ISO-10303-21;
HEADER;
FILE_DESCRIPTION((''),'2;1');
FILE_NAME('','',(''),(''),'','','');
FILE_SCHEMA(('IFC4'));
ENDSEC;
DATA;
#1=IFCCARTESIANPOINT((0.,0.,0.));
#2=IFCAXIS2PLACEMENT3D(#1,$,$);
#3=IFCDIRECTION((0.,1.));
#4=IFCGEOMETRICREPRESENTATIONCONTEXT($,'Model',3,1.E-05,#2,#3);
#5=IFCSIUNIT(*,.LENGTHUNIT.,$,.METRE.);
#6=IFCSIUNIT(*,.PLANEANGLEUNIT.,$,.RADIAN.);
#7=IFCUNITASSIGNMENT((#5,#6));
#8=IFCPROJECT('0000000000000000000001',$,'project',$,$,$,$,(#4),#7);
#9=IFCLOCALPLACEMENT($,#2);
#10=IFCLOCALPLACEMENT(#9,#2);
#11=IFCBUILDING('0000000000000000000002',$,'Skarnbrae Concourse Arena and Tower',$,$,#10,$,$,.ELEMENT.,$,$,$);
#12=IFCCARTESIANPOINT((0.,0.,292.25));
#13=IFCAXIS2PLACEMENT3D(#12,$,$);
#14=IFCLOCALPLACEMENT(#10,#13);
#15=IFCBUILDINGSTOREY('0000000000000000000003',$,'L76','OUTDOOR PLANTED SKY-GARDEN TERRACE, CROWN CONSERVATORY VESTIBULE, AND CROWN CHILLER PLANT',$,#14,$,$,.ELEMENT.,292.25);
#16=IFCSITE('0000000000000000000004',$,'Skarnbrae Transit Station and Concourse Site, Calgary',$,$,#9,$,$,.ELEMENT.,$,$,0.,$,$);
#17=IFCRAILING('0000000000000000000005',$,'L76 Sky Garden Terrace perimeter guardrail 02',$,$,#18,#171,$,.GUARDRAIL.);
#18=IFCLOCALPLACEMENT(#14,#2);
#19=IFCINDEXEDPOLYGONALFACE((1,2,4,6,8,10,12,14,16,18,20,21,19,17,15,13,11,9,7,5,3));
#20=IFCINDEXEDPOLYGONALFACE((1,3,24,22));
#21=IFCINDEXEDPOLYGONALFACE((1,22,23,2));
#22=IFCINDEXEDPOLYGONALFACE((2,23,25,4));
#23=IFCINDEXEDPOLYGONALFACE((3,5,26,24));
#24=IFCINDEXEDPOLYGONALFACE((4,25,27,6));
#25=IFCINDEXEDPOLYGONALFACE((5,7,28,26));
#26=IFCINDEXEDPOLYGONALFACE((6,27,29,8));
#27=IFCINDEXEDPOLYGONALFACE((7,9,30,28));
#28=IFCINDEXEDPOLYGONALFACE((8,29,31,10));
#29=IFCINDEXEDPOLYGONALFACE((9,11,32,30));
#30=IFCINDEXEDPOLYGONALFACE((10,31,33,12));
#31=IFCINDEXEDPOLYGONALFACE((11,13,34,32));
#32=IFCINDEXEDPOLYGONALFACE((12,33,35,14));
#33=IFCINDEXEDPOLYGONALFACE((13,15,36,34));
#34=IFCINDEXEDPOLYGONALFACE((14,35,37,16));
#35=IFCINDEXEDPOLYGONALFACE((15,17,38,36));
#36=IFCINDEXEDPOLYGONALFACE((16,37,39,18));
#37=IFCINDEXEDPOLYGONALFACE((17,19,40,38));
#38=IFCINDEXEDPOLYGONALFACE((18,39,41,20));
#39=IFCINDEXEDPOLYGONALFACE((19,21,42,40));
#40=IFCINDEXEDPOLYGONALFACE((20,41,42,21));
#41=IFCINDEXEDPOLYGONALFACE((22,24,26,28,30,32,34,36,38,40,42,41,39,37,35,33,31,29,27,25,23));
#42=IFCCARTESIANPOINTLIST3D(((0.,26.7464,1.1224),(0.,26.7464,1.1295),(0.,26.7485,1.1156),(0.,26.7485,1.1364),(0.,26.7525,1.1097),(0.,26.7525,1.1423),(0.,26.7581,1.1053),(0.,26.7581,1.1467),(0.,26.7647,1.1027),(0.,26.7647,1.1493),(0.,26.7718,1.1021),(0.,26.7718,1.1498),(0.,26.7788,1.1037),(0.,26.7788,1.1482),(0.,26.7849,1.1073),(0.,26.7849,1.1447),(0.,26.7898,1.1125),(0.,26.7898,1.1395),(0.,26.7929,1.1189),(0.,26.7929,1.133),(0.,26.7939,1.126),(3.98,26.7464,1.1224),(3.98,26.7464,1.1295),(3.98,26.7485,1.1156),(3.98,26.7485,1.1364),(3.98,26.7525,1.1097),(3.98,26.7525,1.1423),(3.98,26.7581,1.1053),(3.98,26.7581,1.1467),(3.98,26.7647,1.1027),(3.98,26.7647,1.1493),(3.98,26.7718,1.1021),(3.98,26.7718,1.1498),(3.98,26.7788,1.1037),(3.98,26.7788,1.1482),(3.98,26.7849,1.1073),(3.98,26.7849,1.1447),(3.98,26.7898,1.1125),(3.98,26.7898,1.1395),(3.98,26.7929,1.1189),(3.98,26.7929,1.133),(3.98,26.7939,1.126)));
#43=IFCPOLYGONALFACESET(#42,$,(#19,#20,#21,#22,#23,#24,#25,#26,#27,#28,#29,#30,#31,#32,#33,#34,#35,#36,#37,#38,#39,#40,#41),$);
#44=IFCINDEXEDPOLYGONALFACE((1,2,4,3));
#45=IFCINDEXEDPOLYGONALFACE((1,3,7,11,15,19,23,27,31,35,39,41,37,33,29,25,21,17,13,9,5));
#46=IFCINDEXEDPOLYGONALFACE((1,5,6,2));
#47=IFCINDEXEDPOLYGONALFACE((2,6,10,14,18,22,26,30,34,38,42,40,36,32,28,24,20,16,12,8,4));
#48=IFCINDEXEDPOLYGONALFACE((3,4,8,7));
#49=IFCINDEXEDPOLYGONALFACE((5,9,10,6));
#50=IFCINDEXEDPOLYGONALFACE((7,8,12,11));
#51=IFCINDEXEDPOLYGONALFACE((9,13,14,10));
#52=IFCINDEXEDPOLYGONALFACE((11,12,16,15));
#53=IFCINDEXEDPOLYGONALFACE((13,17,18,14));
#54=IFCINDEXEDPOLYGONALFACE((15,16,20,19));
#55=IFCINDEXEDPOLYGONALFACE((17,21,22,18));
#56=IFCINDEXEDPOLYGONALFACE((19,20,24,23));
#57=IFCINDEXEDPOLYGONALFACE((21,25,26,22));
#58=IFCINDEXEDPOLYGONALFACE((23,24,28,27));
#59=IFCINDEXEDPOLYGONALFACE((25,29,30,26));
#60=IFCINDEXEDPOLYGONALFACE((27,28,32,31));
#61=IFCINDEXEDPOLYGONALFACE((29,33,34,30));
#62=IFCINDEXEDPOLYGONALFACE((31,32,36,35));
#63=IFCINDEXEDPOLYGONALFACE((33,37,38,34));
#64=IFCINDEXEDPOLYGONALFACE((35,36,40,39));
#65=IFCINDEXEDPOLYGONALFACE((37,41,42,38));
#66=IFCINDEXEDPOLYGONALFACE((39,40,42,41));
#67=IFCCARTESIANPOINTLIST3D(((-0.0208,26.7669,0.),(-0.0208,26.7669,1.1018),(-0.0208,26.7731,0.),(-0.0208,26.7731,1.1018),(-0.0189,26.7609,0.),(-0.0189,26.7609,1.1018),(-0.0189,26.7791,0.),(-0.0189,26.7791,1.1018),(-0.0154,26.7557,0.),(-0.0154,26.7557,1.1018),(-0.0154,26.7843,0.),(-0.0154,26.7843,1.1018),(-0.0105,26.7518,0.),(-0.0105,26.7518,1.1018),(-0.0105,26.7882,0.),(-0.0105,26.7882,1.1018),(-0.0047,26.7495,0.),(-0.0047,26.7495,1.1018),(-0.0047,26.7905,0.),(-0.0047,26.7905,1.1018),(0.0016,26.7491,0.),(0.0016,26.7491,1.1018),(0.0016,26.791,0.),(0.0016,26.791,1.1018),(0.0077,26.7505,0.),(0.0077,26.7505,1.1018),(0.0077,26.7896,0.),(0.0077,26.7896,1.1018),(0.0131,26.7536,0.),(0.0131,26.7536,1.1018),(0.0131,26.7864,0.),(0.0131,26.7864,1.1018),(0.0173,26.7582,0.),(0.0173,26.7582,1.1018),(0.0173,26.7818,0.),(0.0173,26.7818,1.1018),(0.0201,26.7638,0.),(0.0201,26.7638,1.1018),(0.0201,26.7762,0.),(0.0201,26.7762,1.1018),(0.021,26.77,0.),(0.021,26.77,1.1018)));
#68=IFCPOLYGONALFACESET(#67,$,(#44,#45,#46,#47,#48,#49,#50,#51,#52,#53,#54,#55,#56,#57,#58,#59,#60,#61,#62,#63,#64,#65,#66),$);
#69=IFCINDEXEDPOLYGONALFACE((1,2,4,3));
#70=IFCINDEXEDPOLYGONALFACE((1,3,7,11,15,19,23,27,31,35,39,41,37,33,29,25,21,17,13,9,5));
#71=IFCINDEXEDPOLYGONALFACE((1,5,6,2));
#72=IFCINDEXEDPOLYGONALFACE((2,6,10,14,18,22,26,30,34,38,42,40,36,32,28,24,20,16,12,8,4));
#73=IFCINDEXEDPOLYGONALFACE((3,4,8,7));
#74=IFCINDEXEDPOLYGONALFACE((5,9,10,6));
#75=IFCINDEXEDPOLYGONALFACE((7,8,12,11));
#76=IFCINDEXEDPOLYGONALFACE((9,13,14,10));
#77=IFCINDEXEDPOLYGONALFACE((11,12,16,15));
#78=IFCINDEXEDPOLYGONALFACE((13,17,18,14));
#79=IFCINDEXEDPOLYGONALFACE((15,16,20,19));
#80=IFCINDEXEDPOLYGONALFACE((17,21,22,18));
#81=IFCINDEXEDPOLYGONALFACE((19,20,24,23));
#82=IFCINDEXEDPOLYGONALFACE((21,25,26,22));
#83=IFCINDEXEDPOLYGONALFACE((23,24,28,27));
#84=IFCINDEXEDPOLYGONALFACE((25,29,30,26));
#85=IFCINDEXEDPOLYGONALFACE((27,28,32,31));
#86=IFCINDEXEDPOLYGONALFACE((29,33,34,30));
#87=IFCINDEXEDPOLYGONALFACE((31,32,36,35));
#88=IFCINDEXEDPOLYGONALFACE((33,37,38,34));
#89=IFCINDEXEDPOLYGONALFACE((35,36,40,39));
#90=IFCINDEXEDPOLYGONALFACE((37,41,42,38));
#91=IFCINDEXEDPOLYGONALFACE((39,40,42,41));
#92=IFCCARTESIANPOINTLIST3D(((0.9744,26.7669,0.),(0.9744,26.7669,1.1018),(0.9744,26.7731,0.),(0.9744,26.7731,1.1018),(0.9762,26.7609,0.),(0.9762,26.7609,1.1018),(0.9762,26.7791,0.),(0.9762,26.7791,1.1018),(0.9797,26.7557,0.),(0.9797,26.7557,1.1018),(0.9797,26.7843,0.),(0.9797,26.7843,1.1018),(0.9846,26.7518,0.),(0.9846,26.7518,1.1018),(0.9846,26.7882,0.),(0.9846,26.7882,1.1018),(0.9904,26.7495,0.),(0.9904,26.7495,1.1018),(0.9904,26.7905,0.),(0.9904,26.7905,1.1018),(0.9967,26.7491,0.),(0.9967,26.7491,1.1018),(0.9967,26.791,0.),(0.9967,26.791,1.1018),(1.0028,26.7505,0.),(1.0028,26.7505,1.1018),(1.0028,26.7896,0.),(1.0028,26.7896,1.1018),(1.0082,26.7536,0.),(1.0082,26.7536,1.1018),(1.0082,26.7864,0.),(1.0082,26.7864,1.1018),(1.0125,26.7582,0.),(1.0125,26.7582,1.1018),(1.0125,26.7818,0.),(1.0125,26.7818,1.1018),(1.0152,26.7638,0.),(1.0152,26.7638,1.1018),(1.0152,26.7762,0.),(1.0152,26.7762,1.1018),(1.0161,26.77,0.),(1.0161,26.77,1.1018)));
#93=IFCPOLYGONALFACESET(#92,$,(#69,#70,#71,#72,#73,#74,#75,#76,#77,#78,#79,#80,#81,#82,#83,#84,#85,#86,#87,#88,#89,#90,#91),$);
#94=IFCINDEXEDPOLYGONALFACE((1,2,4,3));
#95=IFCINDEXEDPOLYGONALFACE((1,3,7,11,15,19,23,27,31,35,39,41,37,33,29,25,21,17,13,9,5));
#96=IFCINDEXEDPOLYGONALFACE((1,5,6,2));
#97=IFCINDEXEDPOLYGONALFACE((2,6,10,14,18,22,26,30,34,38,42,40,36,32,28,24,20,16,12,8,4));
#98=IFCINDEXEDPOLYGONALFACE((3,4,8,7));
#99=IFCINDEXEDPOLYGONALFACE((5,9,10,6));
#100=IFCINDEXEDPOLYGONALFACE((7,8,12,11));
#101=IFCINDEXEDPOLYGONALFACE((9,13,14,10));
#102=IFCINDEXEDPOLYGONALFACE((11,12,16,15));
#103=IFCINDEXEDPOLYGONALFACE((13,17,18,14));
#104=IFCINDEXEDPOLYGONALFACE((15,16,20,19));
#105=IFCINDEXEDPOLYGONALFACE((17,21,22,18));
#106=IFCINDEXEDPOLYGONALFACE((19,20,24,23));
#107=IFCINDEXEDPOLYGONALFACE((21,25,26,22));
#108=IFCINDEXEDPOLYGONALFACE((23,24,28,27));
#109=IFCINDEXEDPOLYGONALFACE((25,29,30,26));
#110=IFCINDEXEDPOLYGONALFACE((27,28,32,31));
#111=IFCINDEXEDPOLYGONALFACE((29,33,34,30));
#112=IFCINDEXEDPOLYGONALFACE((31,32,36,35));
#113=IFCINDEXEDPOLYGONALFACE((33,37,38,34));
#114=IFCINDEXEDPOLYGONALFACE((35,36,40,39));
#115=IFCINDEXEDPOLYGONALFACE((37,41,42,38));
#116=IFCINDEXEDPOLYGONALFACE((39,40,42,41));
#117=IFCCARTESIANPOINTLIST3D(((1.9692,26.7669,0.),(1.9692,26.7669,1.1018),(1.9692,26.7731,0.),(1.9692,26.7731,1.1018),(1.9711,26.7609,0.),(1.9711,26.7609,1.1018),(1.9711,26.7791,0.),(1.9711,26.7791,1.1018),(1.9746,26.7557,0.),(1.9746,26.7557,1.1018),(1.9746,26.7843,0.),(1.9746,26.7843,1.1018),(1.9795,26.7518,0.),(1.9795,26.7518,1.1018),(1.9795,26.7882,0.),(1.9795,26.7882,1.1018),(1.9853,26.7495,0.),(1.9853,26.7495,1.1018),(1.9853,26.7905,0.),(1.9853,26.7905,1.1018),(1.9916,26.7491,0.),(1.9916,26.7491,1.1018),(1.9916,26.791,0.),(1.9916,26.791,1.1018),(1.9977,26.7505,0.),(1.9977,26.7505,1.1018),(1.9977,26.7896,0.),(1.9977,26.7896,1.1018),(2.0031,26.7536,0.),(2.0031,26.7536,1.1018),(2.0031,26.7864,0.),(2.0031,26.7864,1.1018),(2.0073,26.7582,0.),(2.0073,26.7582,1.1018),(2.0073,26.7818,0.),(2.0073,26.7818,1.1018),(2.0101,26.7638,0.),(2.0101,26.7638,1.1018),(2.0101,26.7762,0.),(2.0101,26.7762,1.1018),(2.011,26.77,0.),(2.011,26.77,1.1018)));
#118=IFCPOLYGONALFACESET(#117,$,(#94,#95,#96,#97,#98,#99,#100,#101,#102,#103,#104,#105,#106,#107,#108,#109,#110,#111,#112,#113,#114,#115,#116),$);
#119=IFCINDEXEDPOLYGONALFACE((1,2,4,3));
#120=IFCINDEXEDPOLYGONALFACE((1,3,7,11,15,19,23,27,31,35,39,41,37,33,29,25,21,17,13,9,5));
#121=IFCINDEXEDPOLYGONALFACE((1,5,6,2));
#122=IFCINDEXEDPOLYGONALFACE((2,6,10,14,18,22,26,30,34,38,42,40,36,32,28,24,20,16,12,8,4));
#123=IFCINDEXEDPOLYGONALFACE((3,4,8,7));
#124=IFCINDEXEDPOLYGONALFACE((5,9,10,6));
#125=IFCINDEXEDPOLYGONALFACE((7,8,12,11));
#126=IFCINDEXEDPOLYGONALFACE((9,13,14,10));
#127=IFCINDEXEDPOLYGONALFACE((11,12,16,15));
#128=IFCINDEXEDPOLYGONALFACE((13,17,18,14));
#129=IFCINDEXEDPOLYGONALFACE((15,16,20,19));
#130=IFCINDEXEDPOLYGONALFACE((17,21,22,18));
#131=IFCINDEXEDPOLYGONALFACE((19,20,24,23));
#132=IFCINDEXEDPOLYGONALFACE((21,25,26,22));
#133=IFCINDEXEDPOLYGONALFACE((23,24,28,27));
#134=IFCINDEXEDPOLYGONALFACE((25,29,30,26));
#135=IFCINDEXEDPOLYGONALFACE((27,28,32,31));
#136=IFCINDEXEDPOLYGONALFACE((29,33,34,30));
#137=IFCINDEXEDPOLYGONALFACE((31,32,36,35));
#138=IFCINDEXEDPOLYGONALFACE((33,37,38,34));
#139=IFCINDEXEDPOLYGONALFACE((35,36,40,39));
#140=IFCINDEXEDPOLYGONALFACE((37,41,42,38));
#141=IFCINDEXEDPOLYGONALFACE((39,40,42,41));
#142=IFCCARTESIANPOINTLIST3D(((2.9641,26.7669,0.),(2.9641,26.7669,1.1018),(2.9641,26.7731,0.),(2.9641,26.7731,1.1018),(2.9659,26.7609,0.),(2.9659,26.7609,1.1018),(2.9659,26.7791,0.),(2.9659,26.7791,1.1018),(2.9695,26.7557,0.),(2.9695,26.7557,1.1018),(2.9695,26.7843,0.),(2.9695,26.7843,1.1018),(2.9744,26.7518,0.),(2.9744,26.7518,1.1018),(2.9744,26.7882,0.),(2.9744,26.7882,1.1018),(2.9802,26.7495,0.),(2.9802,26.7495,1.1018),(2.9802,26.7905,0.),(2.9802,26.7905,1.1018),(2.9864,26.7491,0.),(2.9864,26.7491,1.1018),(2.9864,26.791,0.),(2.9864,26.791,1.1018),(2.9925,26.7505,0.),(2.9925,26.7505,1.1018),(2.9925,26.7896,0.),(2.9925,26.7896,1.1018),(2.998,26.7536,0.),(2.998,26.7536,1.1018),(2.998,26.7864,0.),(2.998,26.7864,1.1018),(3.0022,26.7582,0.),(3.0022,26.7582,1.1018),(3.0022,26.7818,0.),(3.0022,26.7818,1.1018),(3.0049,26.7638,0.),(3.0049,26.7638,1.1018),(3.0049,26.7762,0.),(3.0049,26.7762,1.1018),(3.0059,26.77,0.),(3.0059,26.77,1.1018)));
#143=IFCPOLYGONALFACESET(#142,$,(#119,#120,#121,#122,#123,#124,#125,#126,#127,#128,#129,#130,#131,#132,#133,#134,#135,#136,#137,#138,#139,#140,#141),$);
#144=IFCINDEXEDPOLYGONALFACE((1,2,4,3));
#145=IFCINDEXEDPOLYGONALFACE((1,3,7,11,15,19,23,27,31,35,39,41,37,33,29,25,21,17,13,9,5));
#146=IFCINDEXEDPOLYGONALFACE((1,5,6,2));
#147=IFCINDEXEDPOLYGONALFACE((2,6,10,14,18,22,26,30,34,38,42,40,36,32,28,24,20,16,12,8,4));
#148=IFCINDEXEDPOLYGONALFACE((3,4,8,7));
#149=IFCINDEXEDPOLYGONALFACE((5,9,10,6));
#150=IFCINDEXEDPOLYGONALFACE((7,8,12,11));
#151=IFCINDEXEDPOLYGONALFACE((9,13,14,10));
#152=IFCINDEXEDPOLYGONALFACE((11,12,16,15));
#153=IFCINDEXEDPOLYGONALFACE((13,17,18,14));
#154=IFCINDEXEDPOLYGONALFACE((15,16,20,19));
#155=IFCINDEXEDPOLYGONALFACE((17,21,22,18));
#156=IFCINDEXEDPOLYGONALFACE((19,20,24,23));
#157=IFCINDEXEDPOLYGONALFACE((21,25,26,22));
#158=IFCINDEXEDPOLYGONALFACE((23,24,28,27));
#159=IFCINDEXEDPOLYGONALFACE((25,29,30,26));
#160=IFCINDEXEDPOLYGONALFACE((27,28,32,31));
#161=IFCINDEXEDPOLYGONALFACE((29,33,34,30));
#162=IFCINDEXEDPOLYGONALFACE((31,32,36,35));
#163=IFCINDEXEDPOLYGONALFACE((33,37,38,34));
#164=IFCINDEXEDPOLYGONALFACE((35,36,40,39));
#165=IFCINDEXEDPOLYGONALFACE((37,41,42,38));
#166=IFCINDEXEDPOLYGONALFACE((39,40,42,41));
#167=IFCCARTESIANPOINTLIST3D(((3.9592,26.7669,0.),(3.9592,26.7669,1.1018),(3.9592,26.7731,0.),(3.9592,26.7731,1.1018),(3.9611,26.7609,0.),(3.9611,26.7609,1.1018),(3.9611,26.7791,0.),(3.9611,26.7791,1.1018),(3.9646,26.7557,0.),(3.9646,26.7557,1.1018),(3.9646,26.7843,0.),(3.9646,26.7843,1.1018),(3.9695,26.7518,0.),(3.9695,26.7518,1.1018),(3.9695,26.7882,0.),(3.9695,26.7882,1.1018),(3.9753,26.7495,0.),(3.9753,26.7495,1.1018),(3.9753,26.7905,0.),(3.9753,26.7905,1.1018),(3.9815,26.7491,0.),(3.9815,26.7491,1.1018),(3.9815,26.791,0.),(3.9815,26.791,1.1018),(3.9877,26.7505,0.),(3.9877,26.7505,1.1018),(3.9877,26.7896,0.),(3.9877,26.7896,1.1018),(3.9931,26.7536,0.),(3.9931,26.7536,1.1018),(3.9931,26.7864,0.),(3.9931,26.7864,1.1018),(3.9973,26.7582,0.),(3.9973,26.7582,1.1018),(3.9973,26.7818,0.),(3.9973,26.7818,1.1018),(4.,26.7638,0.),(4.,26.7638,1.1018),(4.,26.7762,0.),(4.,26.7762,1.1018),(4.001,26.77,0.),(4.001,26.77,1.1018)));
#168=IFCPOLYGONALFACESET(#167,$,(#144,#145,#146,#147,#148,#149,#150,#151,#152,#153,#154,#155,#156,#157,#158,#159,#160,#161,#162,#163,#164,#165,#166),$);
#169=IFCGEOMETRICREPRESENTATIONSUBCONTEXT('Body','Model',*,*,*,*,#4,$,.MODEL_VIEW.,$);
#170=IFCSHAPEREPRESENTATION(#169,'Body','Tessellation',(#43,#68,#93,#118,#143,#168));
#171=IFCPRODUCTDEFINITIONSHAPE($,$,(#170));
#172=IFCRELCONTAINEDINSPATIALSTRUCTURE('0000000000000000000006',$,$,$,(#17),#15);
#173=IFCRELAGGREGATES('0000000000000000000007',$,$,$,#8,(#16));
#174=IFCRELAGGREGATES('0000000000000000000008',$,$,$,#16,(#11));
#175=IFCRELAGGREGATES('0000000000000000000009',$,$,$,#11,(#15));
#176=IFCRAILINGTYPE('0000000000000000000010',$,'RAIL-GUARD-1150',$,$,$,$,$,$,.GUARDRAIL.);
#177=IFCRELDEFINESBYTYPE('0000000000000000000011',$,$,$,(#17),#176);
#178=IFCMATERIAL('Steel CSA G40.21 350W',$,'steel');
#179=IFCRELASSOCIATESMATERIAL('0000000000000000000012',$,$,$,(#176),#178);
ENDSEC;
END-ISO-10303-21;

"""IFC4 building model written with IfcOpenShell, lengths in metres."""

from ifc_helpers import new_model, si_unit, direction, frame, origin, origin_2d, place, context, subcontext, project, spatial, circle, extrude, material, type_object, element, save


model = new_model("IFC4")

# Units and contexts
model_context = context("Model", 3, precision=1e-05, world=origin(), true_north=direction((0.0, 1.0)))
body_context = subcontext(model_context, "Body", "Model", "MODEL_VIEW")
ifc_project = project(units=[si_unit("LENGTHUNIT", "METRE"), si_unit("PLANEANGLEUNIT", "RADIAN")], contexts=[model_context])

# Site, building, storey
site_placement = place(None, origin())
site = spatial("IfcSite", under=ifc_project, at=site_placement, Name="Skarnbrae Transit Station and Concourse Site, Calgary", CompositionType="ELEMENT", RefElevation=0.0)
building_placement = place(site_placement, origin())
building = spatial("IfcBuilding", under=site, at=building_placement, Name="Skarnbrae Concourse Arena and Tower", CompositionType="ELEMENT")
storey_placement = place(building_placement, frame((0.0, 0.0, 292.25)))
storey = spatial("IfcBuildingStorey", under=building, at=storey_placement, Name="L76", Description="OUTDOOR PLANTED SKY-GARDEN TERRACE, CROWN CONSERVATORY VESTIBULE, AND CROWN CHILLER PLANT", CompositionType="ELEMENT", Elevation=292.25)

# Shared definitions
ifc_material_1 = material(Name="Steel CSA G40.21 350W", Category="steel")

# Railing
railing_type = type_object("IfcRailingType", Name="RAIL-GUARD-1150", PredefinedType="GUARDRAIL", material=ifc_material_1)
railing_1_placement = place(storey_placement, frame((0.0, 26.77, 0.0)))
element("IfcRailing", 1, at=railing_1_placement, inside=storey, type_object=railing_type, Name="L76 Sky Garden Terrace perimeter guardrail 02", PredefinedType="GUARDRAIL", context=body_context, shape_type="SweptSolid", body=[
    extrude(circle(Radius=0.0239, at=origin_2d()), frame((0.0, 0.0, 1.126), z_axis=(1.0, 0.0, 0.0), x_axis=(0.0, 1.0, 0.0)), (0.0, 0.0, 1.0), 3.98),
    extrude(circle(Radius=0.021, at=origin_2d()), origin(), (0.0, 0.0, 1.0), 1.1018),
    extrude(circle(Radius=0.021, at=origin_2d()), frame((0.9951, 0.0, 0.0)), (0.0, 0.0, 1.0), 1.1018),
    extrude(circle(Radius=0.021, at=origin_2d()), frame((1.99, 0.0, 0.0)), (0.0, 0.0, 1.0), 1.1018),
    extrude(circle(Radius=0.021, at=origin_2d()), frame((2.9849, 0.0, 0.0)), (0.0, 0.0, 1.0), 1.1018),
    extrude(circle(Radius=0.021, at=origin_2d()), frame((3.98, 0.0, 0.0)), (0.0, 0.0, 1.0), 1.1018),
])

save(model, "model.ifc")
